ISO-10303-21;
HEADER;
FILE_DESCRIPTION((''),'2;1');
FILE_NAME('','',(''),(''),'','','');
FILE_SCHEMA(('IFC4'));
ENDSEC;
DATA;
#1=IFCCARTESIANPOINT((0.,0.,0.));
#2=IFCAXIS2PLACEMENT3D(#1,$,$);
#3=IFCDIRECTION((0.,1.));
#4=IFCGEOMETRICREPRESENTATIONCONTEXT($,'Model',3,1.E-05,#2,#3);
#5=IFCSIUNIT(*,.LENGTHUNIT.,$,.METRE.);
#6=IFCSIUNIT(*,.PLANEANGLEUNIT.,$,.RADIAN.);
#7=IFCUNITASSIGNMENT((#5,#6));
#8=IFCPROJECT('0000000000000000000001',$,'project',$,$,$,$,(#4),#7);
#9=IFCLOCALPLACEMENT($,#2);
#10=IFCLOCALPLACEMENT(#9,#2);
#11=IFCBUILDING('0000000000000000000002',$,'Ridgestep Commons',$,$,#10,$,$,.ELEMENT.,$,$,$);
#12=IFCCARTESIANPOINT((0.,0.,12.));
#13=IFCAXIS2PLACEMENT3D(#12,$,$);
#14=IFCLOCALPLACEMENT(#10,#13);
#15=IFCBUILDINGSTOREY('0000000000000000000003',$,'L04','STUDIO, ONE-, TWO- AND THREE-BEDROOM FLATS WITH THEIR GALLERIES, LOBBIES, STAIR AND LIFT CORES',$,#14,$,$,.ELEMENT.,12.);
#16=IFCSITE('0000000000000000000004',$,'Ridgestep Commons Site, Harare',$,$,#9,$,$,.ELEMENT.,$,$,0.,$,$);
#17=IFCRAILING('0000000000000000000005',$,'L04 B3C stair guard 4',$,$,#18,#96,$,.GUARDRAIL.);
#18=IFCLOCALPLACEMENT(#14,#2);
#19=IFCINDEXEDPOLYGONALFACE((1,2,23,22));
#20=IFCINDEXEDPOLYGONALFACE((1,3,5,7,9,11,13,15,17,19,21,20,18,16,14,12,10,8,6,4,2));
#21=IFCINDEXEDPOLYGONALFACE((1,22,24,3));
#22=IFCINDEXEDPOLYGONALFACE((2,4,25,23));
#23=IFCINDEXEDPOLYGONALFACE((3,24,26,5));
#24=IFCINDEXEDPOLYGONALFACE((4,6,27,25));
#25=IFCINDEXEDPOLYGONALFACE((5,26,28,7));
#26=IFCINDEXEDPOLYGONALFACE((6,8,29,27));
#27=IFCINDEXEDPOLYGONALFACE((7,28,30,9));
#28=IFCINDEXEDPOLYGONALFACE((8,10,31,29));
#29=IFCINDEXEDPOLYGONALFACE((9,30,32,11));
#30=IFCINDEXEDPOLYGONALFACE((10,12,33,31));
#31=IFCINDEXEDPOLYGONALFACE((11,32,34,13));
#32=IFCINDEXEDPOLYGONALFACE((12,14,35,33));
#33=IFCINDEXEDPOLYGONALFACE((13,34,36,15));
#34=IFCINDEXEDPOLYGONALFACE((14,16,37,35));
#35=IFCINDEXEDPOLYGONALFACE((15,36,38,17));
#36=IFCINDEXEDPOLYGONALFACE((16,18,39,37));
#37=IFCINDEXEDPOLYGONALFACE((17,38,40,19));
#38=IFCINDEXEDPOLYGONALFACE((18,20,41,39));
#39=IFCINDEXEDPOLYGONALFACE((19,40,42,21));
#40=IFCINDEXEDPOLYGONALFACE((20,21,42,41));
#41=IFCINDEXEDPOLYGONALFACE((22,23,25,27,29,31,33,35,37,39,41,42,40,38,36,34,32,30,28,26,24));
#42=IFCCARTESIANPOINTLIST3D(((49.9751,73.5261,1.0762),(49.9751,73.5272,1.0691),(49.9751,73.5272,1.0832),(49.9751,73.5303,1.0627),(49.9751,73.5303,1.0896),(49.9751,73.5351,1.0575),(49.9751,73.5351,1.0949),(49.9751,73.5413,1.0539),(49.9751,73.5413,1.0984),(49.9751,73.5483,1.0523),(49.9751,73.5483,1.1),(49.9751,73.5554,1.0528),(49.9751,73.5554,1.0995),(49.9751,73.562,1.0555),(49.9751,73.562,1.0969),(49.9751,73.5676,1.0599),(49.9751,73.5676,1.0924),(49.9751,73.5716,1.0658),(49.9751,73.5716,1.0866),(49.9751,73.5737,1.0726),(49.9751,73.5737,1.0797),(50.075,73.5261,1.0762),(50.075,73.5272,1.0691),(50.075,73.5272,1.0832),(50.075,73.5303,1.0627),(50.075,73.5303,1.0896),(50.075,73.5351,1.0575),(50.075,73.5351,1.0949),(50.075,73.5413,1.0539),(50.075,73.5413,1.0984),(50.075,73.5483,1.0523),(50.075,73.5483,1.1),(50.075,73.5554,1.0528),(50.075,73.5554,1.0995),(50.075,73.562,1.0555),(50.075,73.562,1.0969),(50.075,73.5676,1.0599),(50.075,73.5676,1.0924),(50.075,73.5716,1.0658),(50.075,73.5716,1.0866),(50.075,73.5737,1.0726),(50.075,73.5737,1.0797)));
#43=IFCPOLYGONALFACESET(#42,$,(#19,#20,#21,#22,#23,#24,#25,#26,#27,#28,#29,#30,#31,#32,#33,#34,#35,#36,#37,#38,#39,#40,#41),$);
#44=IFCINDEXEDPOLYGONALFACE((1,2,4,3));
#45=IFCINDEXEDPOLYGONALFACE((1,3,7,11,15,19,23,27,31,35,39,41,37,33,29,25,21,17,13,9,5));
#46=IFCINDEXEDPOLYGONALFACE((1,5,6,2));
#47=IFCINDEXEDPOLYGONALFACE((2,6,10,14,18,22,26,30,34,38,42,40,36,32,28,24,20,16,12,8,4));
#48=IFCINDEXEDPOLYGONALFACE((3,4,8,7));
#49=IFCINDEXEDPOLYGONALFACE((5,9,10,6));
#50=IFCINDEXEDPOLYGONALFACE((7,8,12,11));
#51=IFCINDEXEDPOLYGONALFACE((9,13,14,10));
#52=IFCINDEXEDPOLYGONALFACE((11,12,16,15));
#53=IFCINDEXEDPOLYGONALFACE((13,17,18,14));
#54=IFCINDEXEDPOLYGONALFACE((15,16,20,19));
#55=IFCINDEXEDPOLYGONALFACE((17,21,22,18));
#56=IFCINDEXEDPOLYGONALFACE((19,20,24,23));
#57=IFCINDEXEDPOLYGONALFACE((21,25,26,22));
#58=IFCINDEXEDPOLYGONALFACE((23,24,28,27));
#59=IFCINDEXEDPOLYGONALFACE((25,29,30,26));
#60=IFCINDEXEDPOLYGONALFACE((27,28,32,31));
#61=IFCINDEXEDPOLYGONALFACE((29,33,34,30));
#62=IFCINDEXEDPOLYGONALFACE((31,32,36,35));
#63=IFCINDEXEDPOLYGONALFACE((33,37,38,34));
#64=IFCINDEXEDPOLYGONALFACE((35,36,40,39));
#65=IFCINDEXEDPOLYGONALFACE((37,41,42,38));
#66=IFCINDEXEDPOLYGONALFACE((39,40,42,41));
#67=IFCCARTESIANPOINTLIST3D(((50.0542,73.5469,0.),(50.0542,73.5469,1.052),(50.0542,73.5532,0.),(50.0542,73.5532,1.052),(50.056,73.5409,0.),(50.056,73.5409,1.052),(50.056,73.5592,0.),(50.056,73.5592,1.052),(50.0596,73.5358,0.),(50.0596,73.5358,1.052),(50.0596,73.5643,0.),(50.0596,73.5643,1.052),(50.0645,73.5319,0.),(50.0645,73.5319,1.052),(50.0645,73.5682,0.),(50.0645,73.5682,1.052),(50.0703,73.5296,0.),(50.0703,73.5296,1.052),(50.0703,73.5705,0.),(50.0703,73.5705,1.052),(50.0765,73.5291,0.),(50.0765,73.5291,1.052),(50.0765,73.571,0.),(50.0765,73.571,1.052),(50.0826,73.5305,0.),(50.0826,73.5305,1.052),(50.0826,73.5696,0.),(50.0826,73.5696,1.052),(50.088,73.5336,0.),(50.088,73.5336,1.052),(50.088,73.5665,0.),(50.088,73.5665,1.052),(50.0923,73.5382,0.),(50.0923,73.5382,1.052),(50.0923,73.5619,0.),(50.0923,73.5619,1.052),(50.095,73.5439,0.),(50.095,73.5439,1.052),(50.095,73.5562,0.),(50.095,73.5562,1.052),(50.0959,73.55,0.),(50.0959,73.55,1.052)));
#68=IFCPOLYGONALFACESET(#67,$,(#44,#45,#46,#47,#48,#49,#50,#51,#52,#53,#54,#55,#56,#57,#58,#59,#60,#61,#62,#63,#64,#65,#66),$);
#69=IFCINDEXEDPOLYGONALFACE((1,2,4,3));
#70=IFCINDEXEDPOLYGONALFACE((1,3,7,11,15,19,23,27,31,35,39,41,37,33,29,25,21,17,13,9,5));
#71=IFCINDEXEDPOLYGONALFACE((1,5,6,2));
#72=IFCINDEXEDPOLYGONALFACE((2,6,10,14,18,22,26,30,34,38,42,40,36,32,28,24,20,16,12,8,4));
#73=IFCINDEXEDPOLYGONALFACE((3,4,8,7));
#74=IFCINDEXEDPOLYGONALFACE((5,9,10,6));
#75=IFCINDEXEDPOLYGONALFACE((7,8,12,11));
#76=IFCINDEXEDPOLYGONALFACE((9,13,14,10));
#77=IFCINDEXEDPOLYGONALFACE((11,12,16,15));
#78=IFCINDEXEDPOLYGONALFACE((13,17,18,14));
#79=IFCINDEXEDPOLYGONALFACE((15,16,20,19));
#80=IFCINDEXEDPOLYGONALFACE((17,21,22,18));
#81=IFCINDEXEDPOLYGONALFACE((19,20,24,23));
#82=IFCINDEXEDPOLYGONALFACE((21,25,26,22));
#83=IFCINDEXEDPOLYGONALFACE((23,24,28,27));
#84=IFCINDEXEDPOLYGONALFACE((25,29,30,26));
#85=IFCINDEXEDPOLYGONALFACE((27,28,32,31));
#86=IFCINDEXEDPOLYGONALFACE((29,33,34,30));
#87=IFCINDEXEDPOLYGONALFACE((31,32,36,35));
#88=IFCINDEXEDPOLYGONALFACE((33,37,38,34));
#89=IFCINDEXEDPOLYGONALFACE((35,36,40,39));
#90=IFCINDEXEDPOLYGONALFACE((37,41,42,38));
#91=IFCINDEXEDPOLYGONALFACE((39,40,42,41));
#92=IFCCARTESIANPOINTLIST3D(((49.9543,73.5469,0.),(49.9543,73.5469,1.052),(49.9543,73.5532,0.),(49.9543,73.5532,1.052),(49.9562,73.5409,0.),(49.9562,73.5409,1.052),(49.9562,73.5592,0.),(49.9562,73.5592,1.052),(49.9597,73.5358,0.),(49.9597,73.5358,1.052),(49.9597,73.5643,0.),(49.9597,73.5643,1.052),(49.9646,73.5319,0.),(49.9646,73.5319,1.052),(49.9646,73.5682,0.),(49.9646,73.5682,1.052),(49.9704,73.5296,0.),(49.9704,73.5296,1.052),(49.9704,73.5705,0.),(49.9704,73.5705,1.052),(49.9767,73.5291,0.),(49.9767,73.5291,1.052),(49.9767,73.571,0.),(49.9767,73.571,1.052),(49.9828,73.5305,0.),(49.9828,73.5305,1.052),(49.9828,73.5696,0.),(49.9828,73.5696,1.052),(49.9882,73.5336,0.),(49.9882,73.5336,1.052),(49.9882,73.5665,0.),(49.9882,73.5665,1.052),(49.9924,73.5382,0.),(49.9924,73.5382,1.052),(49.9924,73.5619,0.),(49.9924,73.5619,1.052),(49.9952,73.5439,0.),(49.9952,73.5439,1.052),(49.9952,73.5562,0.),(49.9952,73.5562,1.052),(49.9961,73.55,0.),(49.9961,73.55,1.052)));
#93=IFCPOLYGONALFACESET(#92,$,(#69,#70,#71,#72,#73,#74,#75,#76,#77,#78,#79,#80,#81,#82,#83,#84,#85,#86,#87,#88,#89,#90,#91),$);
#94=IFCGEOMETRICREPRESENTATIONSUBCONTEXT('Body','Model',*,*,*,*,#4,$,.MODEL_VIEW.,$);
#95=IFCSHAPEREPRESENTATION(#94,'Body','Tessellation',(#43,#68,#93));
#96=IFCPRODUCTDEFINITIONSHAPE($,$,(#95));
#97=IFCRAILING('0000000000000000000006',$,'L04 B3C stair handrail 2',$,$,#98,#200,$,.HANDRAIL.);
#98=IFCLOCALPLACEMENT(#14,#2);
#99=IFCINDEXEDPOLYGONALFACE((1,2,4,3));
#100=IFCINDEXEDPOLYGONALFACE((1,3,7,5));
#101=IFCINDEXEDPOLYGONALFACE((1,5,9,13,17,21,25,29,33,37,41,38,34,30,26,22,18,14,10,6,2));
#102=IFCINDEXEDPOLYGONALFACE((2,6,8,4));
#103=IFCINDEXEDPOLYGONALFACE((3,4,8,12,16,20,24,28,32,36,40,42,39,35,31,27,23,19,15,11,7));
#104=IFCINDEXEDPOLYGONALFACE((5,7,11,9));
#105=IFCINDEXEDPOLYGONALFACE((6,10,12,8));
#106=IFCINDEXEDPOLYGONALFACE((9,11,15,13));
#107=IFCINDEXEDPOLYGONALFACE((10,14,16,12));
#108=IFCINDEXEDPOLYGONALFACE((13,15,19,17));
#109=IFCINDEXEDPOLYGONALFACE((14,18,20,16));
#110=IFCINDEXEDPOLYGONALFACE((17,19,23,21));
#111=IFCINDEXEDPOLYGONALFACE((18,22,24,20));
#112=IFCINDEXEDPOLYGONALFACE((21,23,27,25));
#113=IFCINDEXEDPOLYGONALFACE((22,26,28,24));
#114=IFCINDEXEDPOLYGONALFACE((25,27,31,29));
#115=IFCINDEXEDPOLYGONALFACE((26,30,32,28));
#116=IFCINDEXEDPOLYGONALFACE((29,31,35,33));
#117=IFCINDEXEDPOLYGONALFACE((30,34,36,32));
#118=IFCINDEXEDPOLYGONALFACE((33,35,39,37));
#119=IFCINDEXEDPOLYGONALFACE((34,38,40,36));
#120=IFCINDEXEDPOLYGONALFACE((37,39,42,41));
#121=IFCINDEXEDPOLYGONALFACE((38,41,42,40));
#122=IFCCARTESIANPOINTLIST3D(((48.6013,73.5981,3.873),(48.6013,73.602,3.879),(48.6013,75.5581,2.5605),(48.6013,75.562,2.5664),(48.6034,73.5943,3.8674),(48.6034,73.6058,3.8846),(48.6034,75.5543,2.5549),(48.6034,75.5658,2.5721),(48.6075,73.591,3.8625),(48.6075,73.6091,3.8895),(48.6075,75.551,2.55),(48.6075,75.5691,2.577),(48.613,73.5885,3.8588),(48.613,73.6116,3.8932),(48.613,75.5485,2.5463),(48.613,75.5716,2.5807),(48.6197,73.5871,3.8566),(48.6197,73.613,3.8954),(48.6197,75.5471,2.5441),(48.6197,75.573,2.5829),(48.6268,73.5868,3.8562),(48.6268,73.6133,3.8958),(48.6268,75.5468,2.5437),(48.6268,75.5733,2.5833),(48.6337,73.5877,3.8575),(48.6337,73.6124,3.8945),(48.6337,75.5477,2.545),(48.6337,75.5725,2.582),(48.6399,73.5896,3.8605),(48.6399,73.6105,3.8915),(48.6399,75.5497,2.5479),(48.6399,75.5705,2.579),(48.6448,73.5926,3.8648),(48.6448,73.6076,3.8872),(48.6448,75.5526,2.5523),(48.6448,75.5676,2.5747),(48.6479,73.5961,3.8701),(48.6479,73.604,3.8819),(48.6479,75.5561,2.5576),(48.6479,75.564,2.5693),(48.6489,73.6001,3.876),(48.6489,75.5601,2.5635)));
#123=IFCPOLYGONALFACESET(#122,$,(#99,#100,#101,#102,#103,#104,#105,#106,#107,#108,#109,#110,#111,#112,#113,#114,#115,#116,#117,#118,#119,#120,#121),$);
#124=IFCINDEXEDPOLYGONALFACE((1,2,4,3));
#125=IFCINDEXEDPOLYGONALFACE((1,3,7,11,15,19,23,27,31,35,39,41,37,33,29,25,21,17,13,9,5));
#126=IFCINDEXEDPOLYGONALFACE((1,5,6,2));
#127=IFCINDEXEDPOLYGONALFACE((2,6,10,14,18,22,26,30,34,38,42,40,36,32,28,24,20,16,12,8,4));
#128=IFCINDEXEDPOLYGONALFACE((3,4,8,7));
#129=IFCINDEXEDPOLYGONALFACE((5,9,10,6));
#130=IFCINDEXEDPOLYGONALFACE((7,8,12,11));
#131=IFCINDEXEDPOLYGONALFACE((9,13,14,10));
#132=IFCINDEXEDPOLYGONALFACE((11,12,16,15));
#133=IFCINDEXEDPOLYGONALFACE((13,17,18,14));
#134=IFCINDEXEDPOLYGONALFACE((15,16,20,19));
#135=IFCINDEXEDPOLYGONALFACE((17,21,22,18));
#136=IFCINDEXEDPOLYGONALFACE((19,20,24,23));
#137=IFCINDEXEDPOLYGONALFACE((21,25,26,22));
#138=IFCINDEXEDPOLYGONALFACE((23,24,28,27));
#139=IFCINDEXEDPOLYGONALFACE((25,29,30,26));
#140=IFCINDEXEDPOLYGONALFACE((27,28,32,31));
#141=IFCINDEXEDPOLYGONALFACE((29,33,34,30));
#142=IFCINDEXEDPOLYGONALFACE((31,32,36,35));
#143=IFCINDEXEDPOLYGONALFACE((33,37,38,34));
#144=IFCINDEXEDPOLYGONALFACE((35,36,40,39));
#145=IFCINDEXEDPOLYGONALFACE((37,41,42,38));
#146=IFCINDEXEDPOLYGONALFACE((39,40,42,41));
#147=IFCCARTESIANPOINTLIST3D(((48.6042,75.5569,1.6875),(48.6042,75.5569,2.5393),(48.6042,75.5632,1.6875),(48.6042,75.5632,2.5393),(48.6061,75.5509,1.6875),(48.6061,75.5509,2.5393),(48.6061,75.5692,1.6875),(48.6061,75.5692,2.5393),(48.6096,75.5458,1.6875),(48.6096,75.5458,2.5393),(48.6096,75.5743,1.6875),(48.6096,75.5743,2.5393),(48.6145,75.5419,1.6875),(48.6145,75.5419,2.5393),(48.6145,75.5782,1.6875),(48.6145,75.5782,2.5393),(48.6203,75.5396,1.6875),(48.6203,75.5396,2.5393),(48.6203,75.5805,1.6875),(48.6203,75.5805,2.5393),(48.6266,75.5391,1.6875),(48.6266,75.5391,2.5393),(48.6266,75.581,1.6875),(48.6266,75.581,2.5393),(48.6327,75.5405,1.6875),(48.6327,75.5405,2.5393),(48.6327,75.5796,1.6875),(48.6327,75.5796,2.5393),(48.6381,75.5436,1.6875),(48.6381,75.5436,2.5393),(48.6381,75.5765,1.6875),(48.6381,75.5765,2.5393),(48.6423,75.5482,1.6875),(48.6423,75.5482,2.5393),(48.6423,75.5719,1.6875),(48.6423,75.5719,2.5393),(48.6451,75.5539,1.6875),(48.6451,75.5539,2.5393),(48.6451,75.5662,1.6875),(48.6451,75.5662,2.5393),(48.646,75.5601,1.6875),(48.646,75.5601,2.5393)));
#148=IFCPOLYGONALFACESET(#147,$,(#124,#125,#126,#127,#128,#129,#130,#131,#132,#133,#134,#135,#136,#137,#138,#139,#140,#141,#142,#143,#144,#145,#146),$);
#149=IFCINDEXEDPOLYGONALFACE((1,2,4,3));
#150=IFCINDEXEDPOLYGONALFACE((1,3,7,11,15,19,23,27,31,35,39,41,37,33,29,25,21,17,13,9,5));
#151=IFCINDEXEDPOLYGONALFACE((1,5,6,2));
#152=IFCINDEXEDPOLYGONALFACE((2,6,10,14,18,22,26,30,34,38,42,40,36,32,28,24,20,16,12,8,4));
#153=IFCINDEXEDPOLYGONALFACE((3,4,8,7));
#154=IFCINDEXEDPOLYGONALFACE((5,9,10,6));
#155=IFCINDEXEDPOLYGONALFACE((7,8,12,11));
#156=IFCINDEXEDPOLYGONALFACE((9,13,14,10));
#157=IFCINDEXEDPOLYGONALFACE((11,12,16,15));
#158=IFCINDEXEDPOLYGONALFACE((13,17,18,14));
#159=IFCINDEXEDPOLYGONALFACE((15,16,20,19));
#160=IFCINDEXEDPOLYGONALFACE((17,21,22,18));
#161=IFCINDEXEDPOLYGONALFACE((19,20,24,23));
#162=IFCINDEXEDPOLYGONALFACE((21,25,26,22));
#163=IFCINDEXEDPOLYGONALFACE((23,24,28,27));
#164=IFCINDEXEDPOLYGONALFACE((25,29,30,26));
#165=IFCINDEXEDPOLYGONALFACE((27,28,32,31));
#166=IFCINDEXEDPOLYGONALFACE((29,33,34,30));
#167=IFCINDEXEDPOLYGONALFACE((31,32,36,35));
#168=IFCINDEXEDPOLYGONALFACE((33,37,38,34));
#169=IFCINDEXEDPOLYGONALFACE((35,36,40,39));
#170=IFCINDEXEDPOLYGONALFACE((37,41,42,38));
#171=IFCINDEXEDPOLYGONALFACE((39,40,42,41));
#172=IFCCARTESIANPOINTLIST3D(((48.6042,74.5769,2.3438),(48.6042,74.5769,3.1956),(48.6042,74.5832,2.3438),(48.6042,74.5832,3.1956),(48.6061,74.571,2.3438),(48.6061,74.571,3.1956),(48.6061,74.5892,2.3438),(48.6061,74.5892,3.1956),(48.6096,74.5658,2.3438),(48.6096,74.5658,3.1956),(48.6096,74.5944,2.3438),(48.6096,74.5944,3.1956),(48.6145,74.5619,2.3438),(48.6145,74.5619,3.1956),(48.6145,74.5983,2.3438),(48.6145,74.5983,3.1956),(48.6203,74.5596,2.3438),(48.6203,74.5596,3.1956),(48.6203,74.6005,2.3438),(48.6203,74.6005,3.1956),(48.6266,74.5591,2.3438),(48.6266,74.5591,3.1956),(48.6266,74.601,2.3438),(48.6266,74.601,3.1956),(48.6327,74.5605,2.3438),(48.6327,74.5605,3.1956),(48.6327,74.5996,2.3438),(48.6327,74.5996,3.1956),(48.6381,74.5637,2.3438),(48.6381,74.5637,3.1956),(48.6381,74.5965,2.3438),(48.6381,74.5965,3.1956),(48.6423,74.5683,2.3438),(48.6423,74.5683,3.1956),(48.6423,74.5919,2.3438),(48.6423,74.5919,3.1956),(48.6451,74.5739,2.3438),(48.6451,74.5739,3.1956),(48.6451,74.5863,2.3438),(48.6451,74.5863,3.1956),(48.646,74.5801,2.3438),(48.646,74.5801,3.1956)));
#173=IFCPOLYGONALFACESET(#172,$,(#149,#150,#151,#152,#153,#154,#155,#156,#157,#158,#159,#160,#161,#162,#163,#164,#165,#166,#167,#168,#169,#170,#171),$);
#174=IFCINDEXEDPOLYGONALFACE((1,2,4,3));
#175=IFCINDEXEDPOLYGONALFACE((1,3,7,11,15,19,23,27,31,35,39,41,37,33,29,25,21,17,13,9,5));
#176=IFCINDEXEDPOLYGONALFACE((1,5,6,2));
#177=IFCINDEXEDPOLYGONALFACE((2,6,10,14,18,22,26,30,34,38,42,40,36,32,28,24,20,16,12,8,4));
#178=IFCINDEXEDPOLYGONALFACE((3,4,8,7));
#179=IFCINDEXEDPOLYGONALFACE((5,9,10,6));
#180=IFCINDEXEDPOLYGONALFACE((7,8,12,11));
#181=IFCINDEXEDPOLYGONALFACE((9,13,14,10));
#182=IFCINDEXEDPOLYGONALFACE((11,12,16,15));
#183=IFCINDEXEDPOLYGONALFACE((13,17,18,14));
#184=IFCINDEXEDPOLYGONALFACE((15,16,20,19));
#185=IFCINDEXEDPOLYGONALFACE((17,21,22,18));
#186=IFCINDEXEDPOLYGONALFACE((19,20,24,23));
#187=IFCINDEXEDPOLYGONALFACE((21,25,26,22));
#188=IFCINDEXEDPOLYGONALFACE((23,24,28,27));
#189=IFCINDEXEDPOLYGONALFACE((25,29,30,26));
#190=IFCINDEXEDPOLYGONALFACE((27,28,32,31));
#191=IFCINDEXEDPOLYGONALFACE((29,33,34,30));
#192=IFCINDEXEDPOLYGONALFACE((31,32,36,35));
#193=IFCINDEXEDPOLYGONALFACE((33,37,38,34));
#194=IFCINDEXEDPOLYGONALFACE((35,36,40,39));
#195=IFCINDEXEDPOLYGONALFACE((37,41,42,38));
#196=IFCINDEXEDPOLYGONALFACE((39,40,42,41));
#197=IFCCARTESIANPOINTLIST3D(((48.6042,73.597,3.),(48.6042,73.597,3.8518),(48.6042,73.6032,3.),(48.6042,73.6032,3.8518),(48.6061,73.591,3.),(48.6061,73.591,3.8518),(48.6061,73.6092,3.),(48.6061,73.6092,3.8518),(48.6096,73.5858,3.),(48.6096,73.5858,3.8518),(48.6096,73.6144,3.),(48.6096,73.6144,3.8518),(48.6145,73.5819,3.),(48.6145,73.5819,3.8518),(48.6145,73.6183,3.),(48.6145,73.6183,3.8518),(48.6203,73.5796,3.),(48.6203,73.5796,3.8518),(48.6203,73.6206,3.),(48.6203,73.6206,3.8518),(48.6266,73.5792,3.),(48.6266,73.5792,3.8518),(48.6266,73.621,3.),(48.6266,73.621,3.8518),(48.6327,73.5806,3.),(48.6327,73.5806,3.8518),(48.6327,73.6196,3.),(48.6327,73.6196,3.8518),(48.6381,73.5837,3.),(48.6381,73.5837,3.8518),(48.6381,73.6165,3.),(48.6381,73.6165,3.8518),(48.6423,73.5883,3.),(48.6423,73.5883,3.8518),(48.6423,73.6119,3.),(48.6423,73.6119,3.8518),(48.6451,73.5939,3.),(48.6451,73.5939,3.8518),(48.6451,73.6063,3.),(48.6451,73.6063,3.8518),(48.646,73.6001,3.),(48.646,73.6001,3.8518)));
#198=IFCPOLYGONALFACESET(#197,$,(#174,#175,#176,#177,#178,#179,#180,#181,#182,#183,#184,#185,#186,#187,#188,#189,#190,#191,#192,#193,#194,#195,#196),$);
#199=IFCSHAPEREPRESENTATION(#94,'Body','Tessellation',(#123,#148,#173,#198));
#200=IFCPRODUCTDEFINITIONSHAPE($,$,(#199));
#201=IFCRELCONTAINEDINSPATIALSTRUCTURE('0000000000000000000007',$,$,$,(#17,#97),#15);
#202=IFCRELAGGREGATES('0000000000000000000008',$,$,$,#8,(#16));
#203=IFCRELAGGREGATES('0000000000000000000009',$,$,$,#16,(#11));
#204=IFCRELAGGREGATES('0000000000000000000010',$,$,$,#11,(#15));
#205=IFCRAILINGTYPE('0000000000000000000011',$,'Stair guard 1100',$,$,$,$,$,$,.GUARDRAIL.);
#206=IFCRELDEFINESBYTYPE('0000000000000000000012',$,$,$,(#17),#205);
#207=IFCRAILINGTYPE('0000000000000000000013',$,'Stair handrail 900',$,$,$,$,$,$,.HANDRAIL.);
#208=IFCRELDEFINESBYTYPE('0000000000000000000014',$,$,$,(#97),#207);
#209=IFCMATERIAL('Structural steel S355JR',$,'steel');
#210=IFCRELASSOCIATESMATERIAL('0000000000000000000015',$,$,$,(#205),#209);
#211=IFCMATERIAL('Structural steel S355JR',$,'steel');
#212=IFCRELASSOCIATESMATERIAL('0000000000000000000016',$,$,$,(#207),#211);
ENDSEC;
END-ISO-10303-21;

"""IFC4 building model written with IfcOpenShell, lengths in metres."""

from ifc_helpers import new_model, si_unit, direction, frame, origin, origin_2d, place, context, subcontext, project, spatial, circle, extrude, material, type_object, element, save


model = new_model("IFC4")

# Units and contexts
model_context = context("Model", 3, precision=1e-05, world=origin(), true_north=direction((0.0, 1.0)))
body_context = subcontext(model_context, "Body", "Model", "MODEL_VIEW")
ifc_project = project(units=[si_unit("LENGTHUNIT", "METRE"), si_unit("PLANEANGLEUNIT", "RADIAN")], contexts=[model_context])

# Site, building, storey
site_placement = place(None, origin())
site = spatial("IfcSite", under=ifc_project, at=site_placement, Name="Ridgestep Commons Site, Harare", CompositionType="ELEMENT", RefElevation=0.0)
building_placement = place(site_placement, origin())
building = spatial("IfcBuilding", under=site, at=building_placement, Name="Ridgestep Commons", CompositionType="ELEMENT")
storey_placement = place(building_placement, frame((0.0, 0.0, 12.0)))
storey = spatial("IfcBuildingStorey", under=building, at=storey_placement, Name="L04", Description="STUDIO, ONE-, TWO- AND THREE-BEDROOM FLATS WITH THEIR GALLERIES, LOBBIES, STAIR AND LIFT CORES", CompositionType="ELEMENT", Elevation=12.0)

# Railings
ifc_material_1 = material(Name="Structural steel S355JR", Category="steel")
railing_type_1 = type_object("IfcRailingType", Name="Stair guard 1100", PredefinedType="GUARDRAIL", material=ifc_material_1)
railing_1_placement = place(storey_placement, frame((50.075, 73.55, 0.0)))
element("IfcRailing", 1, at=railing_1_placement, inside=storey, type_object=railing_type_1, Name="L04 B3C stair guard 4", PredefinedType="GUARDRAIL", context=body_context, shape_type="SweptSolid", body=[
    extrude(circle(Radius=0.0239, at=origin_2d()), frame((0.0, 0.0, 1.0762), z_axis=(-1.0, 0.0, 0.0), x_axis=(0.0, -1.0, 0.0)), (0.0, 0.0, 1.0), 0.0999),
    extrude(circle(Radius=0.021, at=origin_2d()), origin(), (0.0, 0.0, 1.0), 1.052),
    extrude(circle(Radius=0.021, at=origin_2d()), frame((-0.0999, 0.0, 0.0)), (0.0, 0.0, 1.0), 1.052),
])
ifc_material_2 = material(Name="Structural steel S355JR", Category="steel")
railing_type_2 = type_object("IfcRailingType", Name="Stair handrail 900", PredefinedType="HANDRAIL", material=ifc_material_2)
railing_2_placement = place(storey_placement, frame((48.625, 75.5601, 1.6875)))
element("IfcRailing", 2, at=railing_2_placement, inside=storey, type_object=railing_type_2, Name="L04 B3C stair handrail 2", PredefinedType="HANDRAIL", context=body_context, shape_type="SweptSolid", body=[
    extrude(circle(Radius=0.0239, at=origin_2d()), frame((0.0, 0.0, 0.876), z_axis=(0.0, -0.830902, 0.556419), x_axis=(1.0, 0.0, 0.0)), (0.0, 0.0, 1.0), 2.3589),
    extrude(circle(Radius=0.021, at=origin_2d()), origin(), (0.0, 0.0, 1.0), 0.8518),
    extrude(circle(Radius=0.021, at=origin_2d()), frame((0.0, -0.98, 0.6562)), (0.0, 0.0, 1.0), 0.8518),
    extrude(circle(Radius=0.021, at=origin_2d()), frame((0.0, -1.96, 1.3125)), (0.0, 0.0, 1.0), 0.8518),
])

save(model, "model.ifc")
